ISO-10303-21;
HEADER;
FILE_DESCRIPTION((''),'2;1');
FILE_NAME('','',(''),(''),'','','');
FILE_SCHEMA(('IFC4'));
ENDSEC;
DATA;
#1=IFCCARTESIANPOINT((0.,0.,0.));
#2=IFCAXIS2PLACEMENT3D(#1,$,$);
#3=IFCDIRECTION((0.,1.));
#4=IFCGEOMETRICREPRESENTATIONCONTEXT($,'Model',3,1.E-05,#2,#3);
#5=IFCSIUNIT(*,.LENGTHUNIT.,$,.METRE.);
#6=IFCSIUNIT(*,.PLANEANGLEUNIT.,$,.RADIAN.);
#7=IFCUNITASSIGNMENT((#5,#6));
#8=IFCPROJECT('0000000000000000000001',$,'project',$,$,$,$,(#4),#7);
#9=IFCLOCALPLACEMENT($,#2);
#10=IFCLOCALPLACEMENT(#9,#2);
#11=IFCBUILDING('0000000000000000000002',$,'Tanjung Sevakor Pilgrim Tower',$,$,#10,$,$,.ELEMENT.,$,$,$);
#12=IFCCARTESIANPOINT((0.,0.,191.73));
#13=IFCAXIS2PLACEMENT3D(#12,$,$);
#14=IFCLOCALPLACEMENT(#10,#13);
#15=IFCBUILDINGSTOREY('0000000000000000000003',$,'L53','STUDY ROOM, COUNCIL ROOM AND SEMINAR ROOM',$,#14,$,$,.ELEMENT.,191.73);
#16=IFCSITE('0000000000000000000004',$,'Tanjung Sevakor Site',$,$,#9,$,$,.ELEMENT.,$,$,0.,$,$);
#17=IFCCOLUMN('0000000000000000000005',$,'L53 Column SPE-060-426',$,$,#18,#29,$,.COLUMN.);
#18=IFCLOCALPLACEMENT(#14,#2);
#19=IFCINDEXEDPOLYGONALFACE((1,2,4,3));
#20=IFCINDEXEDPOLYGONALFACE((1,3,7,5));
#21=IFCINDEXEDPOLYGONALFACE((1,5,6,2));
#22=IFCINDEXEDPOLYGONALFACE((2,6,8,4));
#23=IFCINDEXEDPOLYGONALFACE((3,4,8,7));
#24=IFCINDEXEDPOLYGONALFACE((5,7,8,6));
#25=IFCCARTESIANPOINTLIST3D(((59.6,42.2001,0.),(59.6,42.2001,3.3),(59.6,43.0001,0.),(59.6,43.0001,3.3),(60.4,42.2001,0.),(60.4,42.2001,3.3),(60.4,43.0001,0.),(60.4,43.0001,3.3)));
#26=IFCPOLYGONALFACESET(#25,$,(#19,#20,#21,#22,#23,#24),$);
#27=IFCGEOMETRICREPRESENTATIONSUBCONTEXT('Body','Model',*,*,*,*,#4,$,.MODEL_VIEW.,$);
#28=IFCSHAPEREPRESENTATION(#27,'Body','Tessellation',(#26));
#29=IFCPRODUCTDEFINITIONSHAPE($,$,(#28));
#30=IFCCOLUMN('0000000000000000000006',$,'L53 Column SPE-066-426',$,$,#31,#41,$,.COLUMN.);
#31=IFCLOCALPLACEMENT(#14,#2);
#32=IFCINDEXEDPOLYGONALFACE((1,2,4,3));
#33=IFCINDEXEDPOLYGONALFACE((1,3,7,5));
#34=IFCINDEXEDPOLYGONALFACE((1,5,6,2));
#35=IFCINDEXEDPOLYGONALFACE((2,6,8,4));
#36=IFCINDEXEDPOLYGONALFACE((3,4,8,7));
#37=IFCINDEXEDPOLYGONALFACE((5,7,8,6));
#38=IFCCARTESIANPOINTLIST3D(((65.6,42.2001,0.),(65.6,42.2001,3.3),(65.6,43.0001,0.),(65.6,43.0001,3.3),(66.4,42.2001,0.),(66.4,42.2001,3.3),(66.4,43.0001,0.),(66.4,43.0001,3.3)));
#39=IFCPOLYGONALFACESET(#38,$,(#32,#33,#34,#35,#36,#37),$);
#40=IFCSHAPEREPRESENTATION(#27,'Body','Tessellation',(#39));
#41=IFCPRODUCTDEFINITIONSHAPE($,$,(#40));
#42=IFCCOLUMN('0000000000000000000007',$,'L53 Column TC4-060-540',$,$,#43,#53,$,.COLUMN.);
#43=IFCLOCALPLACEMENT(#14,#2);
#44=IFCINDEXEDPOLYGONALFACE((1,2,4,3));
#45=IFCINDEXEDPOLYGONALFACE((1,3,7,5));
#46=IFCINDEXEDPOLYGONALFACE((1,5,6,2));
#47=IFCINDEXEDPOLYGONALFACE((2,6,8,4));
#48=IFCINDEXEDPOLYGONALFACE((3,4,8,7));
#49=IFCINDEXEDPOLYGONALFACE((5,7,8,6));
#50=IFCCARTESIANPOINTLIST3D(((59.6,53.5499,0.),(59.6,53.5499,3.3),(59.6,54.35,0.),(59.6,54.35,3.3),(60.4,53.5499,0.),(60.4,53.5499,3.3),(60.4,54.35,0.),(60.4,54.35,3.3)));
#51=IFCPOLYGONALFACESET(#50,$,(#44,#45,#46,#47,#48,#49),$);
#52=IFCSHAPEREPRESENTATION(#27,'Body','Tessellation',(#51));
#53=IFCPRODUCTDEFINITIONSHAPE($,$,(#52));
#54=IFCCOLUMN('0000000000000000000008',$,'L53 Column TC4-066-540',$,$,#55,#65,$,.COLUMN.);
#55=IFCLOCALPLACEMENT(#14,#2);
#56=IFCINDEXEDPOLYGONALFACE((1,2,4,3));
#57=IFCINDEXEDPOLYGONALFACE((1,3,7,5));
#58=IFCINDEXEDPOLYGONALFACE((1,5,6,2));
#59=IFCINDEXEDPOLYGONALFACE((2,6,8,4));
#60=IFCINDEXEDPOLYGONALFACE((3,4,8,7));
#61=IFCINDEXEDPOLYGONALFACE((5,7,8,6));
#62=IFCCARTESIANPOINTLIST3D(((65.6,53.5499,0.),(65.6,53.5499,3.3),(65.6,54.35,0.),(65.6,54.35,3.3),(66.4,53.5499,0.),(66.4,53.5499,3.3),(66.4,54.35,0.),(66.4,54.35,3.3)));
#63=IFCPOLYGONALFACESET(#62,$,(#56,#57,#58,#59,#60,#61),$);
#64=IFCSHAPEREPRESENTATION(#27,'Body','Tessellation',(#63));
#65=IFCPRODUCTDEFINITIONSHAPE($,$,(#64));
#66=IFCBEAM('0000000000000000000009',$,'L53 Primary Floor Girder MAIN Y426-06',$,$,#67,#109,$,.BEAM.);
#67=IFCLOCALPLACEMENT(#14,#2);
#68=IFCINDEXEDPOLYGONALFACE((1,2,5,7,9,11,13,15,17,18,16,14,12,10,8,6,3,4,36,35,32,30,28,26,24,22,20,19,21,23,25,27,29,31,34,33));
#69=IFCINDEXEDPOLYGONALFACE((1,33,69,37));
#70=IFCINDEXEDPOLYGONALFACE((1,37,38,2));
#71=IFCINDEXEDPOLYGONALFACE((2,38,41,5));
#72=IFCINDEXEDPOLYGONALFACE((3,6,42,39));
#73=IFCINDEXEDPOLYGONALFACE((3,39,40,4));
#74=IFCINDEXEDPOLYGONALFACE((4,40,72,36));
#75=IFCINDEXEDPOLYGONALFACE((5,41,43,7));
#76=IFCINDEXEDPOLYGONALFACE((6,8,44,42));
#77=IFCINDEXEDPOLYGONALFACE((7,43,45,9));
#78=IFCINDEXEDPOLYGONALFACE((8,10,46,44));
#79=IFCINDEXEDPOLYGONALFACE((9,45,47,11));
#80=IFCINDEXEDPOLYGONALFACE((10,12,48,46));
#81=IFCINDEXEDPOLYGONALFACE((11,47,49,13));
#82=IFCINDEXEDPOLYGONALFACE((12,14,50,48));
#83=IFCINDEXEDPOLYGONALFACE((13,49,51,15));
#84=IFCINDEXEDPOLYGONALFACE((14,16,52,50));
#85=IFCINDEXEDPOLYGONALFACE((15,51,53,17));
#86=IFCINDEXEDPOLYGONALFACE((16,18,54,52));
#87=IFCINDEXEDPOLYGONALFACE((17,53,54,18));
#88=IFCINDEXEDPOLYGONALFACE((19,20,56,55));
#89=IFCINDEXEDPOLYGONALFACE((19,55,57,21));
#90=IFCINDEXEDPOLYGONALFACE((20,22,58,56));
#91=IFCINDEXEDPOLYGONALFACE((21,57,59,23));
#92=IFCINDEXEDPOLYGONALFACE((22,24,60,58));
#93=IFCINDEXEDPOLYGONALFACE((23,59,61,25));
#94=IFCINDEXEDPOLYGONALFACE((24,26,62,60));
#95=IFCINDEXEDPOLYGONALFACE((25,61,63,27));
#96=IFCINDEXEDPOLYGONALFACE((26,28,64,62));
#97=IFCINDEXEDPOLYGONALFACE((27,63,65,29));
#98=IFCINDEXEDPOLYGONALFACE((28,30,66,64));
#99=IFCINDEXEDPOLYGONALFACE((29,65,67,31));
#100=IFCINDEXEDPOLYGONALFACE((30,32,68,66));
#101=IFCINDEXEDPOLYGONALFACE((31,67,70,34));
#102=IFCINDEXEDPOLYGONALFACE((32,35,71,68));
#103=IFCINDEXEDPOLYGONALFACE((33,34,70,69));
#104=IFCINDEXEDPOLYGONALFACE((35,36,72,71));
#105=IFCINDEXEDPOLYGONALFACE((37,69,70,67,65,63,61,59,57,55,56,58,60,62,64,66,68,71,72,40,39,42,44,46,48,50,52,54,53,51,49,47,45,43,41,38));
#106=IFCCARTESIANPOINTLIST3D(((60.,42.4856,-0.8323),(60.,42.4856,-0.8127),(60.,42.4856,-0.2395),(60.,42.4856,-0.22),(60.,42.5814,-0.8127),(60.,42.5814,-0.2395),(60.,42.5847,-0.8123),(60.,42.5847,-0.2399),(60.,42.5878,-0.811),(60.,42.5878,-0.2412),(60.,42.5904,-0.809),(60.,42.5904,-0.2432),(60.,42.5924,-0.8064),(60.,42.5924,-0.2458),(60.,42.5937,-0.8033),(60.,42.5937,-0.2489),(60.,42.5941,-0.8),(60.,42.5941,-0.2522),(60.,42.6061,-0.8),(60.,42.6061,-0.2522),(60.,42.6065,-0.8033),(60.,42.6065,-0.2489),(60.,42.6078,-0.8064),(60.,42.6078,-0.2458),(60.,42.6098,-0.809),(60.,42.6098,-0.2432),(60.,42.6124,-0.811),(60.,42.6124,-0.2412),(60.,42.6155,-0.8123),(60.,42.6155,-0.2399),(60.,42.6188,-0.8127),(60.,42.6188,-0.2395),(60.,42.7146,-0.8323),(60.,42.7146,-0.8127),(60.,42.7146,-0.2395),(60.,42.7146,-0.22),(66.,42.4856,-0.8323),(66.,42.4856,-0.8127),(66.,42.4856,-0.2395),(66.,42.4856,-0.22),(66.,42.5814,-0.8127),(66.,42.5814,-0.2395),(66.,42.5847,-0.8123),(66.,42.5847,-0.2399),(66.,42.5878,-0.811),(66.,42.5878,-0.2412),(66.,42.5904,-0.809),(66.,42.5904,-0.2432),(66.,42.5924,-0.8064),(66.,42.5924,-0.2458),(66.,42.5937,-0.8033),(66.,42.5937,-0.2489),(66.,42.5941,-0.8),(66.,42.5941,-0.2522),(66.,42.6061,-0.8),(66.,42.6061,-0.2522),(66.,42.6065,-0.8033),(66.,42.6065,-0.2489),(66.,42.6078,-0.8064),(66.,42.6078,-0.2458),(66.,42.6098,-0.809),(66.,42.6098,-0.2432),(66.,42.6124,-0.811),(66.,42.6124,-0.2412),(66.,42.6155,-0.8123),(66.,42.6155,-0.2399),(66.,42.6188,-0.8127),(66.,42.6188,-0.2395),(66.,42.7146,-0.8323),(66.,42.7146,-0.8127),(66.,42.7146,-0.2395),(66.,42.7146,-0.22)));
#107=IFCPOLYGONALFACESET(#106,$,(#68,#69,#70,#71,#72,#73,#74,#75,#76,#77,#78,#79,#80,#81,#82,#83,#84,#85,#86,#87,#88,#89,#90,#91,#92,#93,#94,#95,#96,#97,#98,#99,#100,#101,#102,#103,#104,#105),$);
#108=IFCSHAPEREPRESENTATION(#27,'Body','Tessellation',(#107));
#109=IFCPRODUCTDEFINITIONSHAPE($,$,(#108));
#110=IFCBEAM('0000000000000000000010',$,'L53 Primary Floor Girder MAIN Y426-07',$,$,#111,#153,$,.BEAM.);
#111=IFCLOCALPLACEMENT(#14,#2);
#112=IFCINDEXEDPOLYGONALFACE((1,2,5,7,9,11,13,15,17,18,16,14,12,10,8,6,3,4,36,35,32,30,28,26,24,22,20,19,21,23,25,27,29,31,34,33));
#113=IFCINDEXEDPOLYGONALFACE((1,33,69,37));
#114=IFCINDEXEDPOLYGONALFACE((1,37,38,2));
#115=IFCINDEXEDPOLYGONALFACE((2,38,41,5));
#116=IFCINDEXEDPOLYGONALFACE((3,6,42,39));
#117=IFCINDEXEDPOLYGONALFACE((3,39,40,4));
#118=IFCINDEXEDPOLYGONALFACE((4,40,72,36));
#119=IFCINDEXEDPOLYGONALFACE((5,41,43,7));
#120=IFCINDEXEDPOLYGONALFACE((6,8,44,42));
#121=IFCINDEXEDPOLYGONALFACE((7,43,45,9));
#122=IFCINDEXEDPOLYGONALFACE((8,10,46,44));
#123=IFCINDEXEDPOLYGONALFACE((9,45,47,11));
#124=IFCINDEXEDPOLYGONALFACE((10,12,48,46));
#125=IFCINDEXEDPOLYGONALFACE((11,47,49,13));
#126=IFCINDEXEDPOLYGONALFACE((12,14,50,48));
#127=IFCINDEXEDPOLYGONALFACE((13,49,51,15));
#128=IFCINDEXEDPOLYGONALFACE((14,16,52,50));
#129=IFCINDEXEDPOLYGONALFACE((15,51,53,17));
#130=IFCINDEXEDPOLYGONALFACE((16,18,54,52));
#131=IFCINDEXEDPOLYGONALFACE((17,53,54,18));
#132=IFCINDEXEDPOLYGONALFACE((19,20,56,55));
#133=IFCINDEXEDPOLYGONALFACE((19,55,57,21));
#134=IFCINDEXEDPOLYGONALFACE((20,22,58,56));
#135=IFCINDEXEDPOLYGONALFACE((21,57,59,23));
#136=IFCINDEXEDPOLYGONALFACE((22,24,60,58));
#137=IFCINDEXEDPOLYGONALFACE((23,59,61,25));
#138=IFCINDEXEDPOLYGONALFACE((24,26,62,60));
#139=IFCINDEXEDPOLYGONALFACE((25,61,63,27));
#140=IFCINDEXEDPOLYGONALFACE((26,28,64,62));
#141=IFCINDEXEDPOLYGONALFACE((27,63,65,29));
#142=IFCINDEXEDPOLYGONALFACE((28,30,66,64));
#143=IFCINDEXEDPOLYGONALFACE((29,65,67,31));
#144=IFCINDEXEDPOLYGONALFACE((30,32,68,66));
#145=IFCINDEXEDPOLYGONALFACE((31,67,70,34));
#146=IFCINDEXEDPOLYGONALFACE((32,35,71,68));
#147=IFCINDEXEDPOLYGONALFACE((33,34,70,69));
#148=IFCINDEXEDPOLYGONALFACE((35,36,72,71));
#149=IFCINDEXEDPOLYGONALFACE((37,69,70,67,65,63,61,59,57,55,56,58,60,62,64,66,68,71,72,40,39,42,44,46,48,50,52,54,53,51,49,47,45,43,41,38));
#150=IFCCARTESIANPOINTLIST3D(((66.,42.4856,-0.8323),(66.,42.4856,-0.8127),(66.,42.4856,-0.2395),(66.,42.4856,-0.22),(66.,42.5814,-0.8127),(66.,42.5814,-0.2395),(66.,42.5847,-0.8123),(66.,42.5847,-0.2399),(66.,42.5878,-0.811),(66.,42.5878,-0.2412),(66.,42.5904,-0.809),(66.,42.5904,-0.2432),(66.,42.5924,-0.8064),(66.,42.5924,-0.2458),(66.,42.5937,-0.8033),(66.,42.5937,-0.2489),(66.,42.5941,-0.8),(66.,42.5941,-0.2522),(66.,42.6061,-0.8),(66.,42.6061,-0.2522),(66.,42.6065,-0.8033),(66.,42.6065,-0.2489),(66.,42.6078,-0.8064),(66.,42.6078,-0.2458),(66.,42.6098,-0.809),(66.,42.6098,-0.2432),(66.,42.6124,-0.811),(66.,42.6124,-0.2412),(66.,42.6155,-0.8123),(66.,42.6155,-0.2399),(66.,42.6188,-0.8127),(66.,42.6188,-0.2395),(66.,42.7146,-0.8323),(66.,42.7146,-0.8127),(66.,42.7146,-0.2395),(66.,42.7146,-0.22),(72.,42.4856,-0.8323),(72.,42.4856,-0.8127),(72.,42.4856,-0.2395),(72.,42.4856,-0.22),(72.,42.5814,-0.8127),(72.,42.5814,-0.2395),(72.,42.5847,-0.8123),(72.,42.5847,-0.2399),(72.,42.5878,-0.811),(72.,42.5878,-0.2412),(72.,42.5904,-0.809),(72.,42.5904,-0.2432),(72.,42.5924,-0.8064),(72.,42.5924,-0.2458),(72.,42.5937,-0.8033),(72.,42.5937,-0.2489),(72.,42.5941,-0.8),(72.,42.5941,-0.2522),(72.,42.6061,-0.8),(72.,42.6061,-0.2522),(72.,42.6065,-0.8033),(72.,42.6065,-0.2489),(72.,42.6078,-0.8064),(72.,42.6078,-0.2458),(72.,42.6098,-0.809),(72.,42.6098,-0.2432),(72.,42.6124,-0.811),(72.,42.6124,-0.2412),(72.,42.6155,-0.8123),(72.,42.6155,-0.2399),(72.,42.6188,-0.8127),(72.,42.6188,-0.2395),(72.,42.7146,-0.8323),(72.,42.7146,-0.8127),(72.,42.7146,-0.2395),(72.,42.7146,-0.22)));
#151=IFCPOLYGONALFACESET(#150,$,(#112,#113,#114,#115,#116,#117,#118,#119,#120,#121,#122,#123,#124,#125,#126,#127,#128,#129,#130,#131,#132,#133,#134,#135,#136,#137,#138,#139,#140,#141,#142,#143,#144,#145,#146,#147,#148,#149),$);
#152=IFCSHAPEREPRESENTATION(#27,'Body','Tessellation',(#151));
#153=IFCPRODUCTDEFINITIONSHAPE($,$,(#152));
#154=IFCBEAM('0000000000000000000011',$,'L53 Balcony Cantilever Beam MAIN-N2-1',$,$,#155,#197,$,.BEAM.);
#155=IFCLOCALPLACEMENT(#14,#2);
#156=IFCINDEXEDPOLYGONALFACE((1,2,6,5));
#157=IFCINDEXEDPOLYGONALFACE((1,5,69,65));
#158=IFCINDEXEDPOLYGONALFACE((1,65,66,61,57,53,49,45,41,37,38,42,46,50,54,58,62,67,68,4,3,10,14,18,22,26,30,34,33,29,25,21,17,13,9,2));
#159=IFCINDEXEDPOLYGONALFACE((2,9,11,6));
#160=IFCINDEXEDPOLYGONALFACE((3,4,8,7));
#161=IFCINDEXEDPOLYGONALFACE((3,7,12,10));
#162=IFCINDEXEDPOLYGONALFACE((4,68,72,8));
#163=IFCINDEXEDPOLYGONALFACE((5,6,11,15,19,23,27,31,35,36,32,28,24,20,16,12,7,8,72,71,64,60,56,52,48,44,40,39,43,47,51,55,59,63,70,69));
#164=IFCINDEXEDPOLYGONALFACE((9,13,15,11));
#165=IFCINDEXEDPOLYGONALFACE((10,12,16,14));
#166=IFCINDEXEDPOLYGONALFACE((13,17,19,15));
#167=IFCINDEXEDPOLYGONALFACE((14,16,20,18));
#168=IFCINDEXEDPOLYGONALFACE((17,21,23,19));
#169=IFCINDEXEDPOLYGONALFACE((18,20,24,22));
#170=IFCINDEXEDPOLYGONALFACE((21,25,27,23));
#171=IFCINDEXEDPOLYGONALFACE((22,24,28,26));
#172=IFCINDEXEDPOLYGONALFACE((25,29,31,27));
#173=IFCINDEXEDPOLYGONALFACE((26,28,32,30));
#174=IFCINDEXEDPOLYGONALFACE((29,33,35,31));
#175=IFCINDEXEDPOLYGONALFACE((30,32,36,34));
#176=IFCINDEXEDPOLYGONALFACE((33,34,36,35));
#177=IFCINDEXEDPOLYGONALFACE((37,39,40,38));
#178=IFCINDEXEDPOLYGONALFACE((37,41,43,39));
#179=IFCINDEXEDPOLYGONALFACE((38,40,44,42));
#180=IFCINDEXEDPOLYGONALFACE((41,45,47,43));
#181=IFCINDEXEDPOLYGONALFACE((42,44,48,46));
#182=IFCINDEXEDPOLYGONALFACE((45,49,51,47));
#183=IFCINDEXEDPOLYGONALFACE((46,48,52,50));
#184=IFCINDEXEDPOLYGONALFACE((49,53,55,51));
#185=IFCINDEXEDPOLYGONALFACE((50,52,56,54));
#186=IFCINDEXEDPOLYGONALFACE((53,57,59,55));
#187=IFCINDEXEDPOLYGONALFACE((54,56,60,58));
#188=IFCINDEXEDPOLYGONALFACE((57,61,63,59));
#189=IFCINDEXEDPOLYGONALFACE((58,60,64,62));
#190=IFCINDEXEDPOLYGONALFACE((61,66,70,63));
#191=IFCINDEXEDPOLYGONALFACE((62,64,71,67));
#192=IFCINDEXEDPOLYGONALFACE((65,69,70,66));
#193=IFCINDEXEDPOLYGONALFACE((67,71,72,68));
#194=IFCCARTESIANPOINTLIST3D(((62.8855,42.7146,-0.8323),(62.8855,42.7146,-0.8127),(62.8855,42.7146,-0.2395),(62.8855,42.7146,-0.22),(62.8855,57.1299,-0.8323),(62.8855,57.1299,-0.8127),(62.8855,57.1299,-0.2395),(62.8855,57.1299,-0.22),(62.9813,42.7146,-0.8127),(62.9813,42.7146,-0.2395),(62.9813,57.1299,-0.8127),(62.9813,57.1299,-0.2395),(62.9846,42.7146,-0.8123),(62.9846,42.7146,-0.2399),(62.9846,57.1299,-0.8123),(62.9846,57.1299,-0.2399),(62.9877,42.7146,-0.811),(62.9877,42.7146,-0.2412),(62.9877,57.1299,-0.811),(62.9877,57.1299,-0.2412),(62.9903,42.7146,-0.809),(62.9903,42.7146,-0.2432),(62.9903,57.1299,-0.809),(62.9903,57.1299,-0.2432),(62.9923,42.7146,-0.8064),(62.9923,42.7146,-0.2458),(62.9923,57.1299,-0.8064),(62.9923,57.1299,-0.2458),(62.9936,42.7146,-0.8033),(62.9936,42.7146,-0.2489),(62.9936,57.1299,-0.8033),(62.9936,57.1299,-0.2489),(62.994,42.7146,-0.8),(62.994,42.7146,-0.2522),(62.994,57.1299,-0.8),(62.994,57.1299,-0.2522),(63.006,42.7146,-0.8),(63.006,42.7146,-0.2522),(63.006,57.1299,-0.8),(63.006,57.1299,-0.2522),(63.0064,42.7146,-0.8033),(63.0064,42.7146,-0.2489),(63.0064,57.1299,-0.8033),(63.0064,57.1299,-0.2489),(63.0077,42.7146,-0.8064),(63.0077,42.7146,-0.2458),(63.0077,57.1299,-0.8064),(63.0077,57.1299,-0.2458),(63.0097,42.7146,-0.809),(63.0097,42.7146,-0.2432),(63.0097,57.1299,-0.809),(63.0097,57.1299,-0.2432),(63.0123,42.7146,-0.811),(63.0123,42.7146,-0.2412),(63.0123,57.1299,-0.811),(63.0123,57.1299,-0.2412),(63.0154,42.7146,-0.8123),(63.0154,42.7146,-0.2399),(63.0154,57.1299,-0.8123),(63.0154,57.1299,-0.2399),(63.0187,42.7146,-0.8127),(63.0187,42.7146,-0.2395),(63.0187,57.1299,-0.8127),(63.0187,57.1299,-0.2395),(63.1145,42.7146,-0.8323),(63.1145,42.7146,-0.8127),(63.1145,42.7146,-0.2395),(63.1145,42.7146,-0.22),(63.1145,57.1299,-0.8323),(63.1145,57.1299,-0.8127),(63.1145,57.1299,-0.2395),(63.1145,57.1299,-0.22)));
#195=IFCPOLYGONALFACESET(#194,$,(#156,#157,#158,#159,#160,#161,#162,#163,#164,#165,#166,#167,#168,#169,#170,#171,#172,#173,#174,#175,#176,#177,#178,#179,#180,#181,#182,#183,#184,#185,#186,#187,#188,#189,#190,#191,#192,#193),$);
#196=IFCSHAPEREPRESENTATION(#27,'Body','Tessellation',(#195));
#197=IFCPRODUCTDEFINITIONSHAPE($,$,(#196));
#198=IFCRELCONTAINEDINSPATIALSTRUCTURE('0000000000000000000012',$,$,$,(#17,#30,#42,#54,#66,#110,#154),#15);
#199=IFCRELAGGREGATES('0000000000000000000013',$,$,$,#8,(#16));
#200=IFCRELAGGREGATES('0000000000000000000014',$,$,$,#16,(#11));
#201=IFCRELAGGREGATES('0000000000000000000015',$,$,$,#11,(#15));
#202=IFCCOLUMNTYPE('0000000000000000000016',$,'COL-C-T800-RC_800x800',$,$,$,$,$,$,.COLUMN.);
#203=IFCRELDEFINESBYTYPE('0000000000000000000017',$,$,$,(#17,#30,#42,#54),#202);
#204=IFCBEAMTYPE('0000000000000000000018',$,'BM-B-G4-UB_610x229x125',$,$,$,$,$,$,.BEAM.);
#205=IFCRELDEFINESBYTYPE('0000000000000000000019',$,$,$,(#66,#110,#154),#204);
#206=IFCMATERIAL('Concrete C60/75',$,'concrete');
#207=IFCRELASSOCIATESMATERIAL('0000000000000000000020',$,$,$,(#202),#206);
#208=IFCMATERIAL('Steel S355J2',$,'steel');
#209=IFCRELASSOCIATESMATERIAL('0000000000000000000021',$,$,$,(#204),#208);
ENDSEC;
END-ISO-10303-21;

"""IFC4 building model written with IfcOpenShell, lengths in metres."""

from ifc_helpers import new_model, si_unit, direction, frame, origin, origin_2d, place, context, subcontext, project, spatial, rectangle, i_section, extrude, material, material_profile, profile_set, type_object, element, save


model = new_model("IFC4")

# Units and contexts
model_context = context("Model", 3, precision=1e-05, world=origin(), true_north=direction((0.0, 1.0)))
body_context = subcontext(model_context, "Body", "Model", "MODEL_VIEW")
ifc_project = project(units=[si_unit("LENGTHUNIT", "METRE"), si_unit("PLANEANGLEUNIT", "RADIAN")], contexts=[model_context])

# Site, building, storey
site_placement = place(None, origin())
site = spatial("IfcSite", under=ifc_project, at=site_placement, Name="Tanjung Sevakor Site", CompositionType="ELEMENT", RefElevation=0.0)
building_placement = place(site_placement, origin())
building = spatial("IfcBuilding", under=site, at=building_placement, Name="Tanjung Sevakor Pilgrim Tower", CompositionType="ELEMENT")
storey_placement = place(building_placement, frame((0.0, 0.0, 191.73)))
storey = spatial("IfcBuildingStorey", under=building, at=storey_placement, Name="L53", Description="STUDY ROOM, COUNCIL ROOM AND SEMINAR ROOM", CompositionType="ELEMENT", Elevation=191.73)

# Columns
ifc_material_1 = material(Name="Concrete C60/75", Category="concrete")
ifc_material_profile_1 = material_profile(ifc_material_1, rectangle(XDim=0.8, YDim=0.8, at=origin_2d()))
ifc_profile_set_1 = profile_set([ifc_material_profile_1], Name="Concrete C60/75")
column_type = type_object("IfcColumnType", Name="COL-C-T800-RC_800x800", PredefinedType="COLUMN", material=ifc_profile_set_1)
for number, where, z_axis, x_axis, name in (
    (1, (60.0, 42.6001, 0.0), (0.0, 0.0, 1.0), (1.0, 0.0, 0.0), "L53 Column SPE-060-426"),
    (2, (66.0, 42.6001, 0.0), (0.0, 0.0, 1.0), (1.0, 0.0, 0.0), "L53 Column SPE-066-426"),
    (3, (60.0, 53.95, 0.0), (0.0, 0.0, 1.0), (1.0, 0.0, 0.0), "L53 Column TC4-060-540"),
    (4, (66.0, 53.95, 0.0), (0.0, 0.0, 1.0), (1.0, 0.0, 0.0), "L53 Column TC4-066-540"),
):
    element("IfcColumn", number, at=place(storey_placement, frame(where, z_axis=z_axis, x_axis=x_axis)), inside=storey, type_object=column_type, Name=name, PredefinedType="COLUMN", context=body_context, shape_type="SweptSolid", body=[
        extrude(rectangle(XDim=0.8, YDim=0.8, at=origin_2d()), origin(), (0.0, 0.0, 1.0), 3.3),
    ])

# Beams
ifc_material_2 = material(Name="Steel S355J2", Category="steel")
ifc_material_profile_2 = material_profile(ifc_material_2, i_section(OverallWidth=0.229, OverallDepth=0.6123, WebThickness=0.012, FlangeThickness=0.0195, FilletRadius=0.0127, at=origin_2d()))
ifc_profile_set_2 = profile_set([ifc_material_profile_2], Name="Steel S355J2")
beam_type_1 = type_object("IfcBeamType", Name="BM-B-G4-UB_610x229x125", PredefinedType="BEAM", material=ifc_profile_set_2)
for number, where, z_axis, x_axis, name in (
    (5, (60.0, 42.6001, -0.5261), (1.0, 0.0, 0.0), (0.0, 1.0, 0.0), "L53 Primary Floor Girder MAIN Y426-06"),
    (6, (66.0, 42.6001, -0.5261), (1.0, 0.0, 0.0), (0.0, 1.0, 0.0), "L53 Primary Floor Girder MAIN Y426-07"),
):
    element("IfcBeam", number, at=place(storey_placement, frame(where, z_axis=z_axis, x_axis=x_axis)), inside=storey, type_object=beam_type_1, Name=name, PredefinedType="BEAM", context=body_context, shape_type="SweptSolid", body=[
        extrude(i_section(OverallWidth=0.229, OverallDepth=0.6123, WebThickness=0.012, FlangeThickness=0.0195, FilletRadius=0.0127, at=origin_2d()), origin(), (0.0, 0.0, 1.0), 6.0),
    ])
for number, where, z_axis, x_axis, name in (
    (7, (63.0, 42.7146, -0.5261), (0.0, 1.0, 0.0), (-1.0, 0.0, 0.0), "L53 Balcony Cantilever Beam MAIN-N2-1"),
):
    element("IfcBeam", number, at=place(storey_placement, frame(where, z_axis=z_axis, x_axis=x_axis)), inside=storey, type_object=beam_type_1, Name=name, PredefinedType="BEAM", context=body_context, shape_type="SweptSolid", body=[
        extrude(i_section(OverallWidth=0.229, OverallDepth=0.6123, WebThickness=0.012, FlangeThickness=0.0195, FilletRadius=0.0127, at=origin_2d()), origin(), (0.0, 0.0, 1.0), 14.4153),
    ])

save(model, "model.ifc")
